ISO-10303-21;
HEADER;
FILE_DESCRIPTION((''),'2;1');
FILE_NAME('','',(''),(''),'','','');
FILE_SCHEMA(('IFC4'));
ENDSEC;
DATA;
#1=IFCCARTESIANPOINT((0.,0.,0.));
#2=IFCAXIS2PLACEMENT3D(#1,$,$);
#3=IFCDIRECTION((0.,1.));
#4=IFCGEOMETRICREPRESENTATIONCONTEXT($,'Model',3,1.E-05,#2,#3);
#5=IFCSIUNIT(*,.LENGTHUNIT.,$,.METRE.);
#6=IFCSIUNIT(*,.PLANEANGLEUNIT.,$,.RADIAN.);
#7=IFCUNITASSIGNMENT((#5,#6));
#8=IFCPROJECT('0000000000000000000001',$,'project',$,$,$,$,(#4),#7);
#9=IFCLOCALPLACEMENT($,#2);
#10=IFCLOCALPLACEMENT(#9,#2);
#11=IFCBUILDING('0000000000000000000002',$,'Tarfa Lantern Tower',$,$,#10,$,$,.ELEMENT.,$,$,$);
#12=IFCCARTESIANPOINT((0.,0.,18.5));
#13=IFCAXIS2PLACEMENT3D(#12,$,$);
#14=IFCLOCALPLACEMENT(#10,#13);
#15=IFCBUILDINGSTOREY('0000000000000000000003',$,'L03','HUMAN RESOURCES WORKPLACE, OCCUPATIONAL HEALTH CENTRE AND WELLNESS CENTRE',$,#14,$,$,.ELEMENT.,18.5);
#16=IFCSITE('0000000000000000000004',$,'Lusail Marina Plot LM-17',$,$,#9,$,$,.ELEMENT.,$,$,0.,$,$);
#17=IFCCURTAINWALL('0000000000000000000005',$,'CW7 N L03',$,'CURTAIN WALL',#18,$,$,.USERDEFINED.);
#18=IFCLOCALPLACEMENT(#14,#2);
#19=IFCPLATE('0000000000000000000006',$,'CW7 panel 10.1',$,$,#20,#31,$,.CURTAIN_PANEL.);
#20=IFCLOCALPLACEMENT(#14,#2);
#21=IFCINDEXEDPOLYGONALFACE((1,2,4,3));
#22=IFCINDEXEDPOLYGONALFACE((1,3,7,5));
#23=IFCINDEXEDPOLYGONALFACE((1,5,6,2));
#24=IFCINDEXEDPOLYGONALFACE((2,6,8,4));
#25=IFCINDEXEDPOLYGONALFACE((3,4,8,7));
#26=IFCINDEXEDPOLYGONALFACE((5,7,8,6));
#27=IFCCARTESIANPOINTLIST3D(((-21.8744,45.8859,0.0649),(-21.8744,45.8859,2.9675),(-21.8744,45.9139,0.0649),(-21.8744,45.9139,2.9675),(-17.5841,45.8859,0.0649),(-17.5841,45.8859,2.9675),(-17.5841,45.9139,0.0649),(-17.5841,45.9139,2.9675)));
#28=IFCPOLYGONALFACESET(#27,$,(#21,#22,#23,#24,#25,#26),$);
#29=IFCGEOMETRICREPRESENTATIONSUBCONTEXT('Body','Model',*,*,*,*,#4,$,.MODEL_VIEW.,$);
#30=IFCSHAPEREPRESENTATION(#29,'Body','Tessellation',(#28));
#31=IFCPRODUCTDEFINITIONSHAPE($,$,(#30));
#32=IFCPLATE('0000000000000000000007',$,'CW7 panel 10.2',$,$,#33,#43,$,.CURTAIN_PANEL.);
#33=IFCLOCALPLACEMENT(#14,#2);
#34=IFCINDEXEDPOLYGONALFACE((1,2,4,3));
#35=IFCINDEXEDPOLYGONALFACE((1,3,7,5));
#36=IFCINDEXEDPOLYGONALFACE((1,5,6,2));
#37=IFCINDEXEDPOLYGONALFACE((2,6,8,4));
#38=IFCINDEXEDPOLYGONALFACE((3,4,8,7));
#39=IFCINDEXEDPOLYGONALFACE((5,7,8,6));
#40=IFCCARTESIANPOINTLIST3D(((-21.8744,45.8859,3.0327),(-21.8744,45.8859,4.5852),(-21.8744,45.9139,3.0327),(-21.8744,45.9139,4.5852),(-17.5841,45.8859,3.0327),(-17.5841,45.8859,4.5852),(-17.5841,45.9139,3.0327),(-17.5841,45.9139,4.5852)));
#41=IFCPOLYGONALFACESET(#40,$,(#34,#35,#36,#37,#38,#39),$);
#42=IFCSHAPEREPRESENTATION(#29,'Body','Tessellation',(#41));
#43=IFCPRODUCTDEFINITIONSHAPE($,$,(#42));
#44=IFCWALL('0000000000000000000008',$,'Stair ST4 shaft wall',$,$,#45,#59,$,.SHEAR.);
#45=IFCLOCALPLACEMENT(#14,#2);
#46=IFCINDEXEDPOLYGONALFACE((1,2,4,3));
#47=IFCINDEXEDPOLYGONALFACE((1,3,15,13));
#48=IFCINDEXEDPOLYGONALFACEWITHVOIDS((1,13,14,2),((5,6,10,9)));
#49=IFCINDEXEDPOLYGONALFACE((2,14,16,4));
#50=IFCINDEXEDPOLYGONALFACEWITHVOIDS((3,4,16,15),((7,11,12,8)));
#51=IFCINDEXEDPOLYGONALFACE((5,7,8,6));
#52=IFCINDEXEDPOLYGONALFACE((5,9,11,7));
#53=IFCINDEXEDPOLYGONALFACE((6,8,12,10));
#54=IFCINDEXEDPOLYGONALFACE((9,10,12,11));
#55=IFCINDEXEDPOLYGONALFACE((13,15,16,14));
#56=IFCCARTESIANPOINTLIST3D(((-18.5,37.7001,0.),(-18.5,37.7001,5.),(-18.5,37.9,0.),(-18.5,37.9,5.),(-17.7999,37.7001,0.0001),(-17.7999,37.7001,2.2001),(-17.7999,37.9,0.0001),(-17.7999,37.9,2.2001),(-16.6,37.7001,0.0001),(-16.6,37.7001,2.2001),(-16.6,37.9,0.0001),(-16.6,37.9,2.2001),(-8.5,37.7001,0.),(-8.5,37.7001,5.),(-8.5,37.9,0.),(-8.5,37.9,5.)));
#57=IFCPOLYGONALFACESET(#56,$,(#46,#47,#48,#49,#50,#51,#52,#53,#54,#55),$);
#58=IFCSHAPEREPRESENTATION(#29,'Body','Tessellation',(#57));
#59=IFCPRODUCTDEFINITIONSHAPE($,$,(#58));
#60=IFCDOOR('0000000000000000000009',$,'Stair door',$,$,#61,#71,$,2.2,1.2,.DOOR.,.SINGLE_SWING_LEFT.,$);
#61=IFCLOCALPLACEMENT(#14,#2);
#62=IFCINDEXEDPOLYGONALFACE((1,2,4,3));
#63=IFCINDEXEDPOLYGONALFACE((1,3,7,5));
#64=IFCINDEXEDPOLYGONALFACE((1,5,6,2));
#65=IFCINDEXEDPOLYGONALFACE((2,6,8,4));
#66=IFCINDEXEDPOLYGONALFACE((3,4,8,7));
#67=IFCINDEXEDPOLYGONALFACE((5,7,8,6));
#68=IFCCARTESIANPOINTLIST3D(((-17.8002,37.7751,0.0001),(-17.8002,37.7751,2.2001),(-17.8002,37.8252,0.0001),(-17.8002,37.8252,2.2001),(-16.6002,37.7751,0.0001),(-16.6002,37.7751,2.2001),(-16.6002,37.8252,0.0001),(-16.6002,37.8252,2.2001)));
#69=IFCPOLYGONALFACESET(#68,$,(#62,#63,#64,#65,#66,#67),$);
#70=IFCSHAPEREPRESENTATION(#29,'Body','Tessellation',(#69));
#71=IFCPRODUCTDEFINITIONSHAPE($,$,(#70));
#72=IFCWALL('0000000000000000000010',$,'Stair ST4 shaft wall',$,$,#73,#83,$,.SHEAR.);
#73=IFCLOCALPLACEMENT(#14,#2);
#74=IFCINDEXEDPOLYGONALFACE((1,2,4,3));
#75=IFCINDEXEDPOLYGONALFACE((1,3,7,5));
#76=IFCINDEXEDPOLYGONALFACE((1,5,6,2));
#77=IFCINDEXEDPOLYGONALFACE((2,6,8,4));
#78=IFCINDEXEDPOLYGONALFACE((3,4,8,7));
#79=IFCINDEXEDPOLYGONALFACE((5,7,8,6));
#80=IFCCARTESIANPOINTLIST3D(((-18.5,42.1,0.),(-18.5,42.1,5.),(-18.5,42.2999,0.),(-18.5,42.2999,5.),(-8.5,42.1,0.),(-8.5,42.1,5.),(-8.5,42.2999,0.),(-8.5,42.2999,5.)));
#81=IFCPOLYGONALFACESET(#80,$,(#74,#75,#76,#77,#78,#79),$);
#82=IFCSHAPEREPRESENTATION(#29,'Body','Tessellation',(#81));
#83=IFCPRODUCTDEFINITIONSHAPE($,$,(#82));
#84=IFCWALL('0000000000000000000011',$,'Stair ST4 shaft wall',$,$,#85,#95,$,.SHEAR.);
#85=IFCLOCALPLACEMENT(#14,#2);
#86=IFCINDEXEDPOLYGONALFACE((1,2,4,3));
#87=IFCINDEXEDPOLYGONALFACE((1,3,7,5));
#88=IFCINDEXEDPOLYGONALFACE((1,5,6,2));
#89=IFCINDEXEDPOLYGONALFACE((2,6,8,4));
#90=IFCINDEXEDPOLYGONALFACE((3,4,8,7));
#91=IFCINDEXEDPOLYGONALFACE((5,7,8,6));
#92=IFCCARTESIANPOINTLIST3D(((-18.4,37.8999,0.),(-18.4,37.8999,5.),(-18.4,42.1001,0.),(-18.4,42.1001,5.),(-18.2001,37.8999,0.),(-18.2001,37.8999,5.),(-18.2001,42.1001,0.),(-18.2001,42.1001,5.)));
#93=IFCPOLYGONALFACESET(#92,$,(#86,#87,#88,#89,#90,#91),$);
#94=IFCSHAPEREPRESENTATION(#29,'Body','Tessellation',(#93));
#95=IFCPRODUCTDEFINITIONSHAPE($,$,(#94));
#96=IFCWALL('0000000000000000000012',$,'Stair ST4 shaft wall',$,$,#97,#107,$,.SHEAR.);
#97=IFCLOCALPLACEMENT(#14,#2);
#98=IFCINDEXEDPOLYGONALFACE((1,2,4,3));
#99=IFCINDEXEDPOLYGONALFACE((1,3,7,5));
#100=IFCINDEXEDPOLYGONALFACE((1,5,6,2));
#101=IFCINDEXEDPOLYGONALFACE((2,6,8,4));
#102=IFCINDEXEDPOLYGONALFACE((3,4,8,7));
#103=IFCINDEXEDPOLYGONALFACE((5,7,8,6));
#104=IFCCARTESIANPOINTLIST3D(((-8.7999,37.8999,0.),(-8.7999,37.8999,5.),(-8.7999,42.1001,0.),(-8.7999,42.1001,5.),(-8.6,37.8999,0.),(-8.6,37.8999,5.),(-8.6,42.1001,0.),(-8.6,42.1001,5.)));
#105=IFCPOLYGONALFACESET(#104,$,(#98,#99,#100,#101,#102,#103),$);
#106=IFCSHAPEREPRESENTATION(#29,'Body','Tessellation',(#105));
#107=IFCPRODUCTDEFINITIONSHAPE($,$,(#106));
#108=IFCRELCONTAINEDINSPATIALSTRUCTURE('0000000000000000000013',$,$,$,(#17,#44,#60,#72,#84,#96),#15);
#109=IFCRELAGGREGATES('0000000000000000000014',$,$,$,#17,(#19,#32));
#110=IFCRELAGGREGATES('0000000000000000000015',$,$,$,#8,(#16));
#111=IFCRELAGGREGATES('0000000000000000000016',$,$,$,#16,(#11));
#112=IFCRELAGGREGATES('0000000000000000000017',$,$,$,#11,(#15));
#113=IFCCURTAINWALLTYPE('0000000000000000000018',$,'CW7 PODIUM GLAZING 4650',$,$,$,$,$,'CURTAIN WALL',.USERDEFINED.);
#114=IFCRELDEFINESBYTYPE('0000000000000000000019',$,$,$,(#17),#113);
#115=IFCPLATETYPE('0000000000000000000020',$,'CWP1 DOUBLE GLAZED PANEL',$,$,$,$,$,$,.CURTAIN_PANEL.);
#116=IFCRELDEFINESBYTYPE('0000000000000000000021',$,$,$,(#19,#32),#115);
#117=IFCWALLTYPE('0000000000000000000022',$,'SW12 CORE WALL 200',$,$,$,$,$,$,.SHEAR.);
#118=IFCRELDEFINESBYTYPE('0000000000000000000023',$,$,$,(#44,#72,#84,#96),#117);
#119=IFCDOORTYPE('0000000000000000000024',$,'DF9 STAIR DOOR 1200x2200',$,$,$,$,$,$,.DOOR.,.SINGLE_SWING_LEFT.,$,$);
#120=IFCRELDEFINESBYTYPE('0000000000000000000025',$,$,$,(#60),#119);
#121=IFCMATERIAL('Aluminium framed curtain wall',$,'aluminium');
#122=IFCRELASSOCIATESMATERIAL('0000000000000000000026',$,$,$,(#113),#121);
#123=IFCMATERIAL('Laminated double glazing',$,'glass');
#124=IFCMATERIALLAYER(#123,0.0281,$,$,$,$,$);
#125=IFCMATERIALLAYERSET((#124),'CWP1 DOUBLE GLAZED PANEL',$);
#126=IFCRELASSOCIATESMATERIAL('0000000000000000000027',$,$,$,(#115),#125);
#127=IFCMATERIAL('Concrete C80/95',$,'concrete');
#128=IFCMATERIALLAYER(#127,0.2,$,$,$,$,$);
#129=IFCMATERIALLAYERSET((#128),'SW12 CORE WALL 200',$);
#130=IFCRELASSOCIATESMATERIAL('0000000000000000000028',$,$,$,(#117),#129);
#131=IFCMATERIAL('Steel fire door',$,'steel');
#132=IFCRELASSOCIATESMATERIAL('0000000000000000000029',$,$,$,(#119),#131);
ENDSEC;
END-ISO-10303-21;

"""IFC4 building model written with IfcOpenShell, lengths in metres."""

from ifc_helpers import new_model, si_unit, direction, frame, frame_2d, origin, origin_2d, place, context, subcontext, project, spatial, rectangle, extrude, material, layer, layer_set, type_object, element, fill, aggregate, save


model = new_model("IFC4")

# Units and contexts
model_context = context("Model", 3, precision=1e-05, world=origin(), true_north=direction((0.0, 1.0)))
body_context = subcontext(model_context, "Body", "Model", "MODEL_VIEW")
ifc_project = project(units=[si_unit("LENGTHUNIT", "METRE"), si_unit("PLANEANGLEUNIT", "RADIAN")], contexts=[model_context])

# Site, building, storey
site_placement = place(None, origin())
site = spatial("IfcSite", under=ifc_project, at=site_placement, Name="Lusail Marina Plot LM-17", CompositionType="ELEMENT", RefElevation=0.0)
building_placement = place(site_placement, origin())
building = spatial("IfcBuilding", under=site, at=building_placement, Name="Tarfa Lantern Tower", CompositionType="ELEMENT")
storey_placement = place(building_placement, frame((0.0, 0.0, 18.5)))
storey = spatial("IfcBuildingStorey", under=building, at=storey_placement, Name="L03", Description="HUMAN RESOURCES WORKPLACE, OCCUPATIONAL HEALTH CENTRE AND WELLNESS CENTRE", CompositionType="ELEMENT", Elevation=18.5)

# Shared definitions
ifc_material_1 = material(Name="Concrete C80/95", Category="concrete")

# Curtain wall
ifc_material_2 = material(Name="Aluminium framed curtain wall", Category="aluminium")
curtain_wall_type = type_object("IfcCurtainWallType", Name="CW7 PODIUM GLAZING 4650", ElementType="CURTAIN WALL", PredefinedType="USERDEFINED", material=ifc_material_2)
curtain_wall_placement = place(storey_placement, origin())
curtain_wall = element("IfcCurtainWall", 1, at=curtain_wall_placement, inside=storey, type_object=curtain_wall_type, Name="CW7 N L03", ObjectType="CURTAIN WALL", PredefinedType="USERDEFINED")

# Plates
ifc_material_3 = material(Name="Laminated double glazing", Category="glass")
ifc_layer_1 = layer(ifc_material_3, 0.0281)
ifc_layer_set_1 = layer_set([ifc_layer_1], Name="CWP1 DOUBLE GLAZED PANEL")
plate_type = type_object("IfcPlateType", Name="CWP1 DOUBLE GLAZED PANEL", PredefinedType="CURTAIN_PANEL", material=ifc_layer_set_1)
plate_1_placement = place(storey_placement, frame((-19.7292, 45.8999, 0.0649), z_axis=(0.0, 0.0, 1.0), x_axis=(-1.0, 0.0, 0.0)))
plate_1 = element("IfcPlate", 2, at=plate_1_placement, type_object=plate_type, Name="CW7 panel 10.1", PredefinedType="CURTAIN_PANEL", context=body_context, shape_type="SweptSolid", body=[
    extrude(rectangle(XDim=4.2903, YDim=0.0281, at=origin_2d()), origin(), (0.0, 0.0, 1.0), 2.9026),
])
plate_2_placement = place(storey_placement, frame((-19.7292, 45.8999, 3.0327), z_axis=(0.0, 0.0, 1.0), x_axis=(-1.0, 0.0, 0.0)))
plate_2 = element("IfcPlate", 3, at=plate_2_placement, type_object=plate_type, Name="CW7 panel 10.2", PredefinedType="CURTAIN_PANEL", context=body_context, shape_type="SweptSolid", body=[
    extrude(rectangle(XDim=4.2903, YDim=0.0281, at=origin_2d()), origin(), (0.0, 0.0, 1.0), 1.5525),
])
aggregate(curtain_wall, [plate_1, plate_2])

# Wall, opening, door
ifc_layer_2 = layer(ifc_material_1, 0.2)
ifc_layer_set_2 = layer_set([ifc_layer_2], Name="SW12 CORE WALL 200")
wall_type = type_object("IfcWallType", Name="SW12 CORE WALL 200", PredefinedType="SHEAR", material=ifc_layer_set_2)
wall_1_placement = place(storey_placement, frame((-18.5, 37.8, 0.0), z_axis=(0.0, 0.0, 1.0), x_axis=(1.0, 0.0, 0.0)))
wall_1 = element("IfcWall", 4, at=wall_1_placement, inside=storey, type_object=wall_type, Name="Stair ST4 shaft wall", PredefinedType="SHEAR", context=body_context, shape_type="SweptSolid", body=[
    extrude(rectangle(XDim=10.0, YDim=0.2, at=frame_2d((5.0, 0.0))), origin(), (0.0, 0.0, 1.0), 5.0),
])
opening_placement = place(wall_1_placement, frame((0.7, 0.0, 0.0)))
opening = element("IfcOpeningElement", 5, at=opening_placement, cuts=wall_1, PredefinedType="OPENING", context=body_context, shape_type="SweptSolid", body=[
    extrude(rectangle(XDim=1.2, YDim=2.2, at=frame_2d((0.6001, 1.1001))), frame((0.0, 0.1099, 0.0), z_axis=(0.0, -1.0, 0.0), x_axis=(1.0, 0.0, 0.0)), (0.0, 0.0, 1.0), 0.22),
])
ifc_material_4 = material(Name="Steel fire door", Category="steel")
door_type = type_object("IfcDoorType", Name="DF9 STAIR DOOR 1200x2200", OperationType="SINGLE_SWING_LEFT", PredefinedType="DOOR", material=ifc_material_4)
door_placement = place(opening_placement, frame((1.2, 0.0, 0.0), z_axis=(0.0, 0.0, 1.0), x_axis=(-1.0, 0.0, 0.0)))
door = element("IfcDoor", 6, at=door_placement, inside=storey, type_object=door_type, Name="Stair door", OperationType="SINGLE_SWING_LEFT", OverallHeight=2.2, OverallWidth=1.2, PredefinedType="DOOR", context=body_context, shape_type="SweptSolid", body=[
    extrude(rectangle(XDim=1.2, YDim=2.2, at=frame_2d((0.6001, 1.1001))), frame((0.0, 0.0249, 0.0), z_axis=(0.0, -1.0, 0.0), x_axis=(1.0, 0.0, 0.0)), (0.0, 0.0, 1.0), 0.05),
])
fill(opening, door)

# Walls
wall_2_placement = place(storey_placement, frame((-8.5, 42.2, 0.0), z_axis=(0.0, 0.0, 1.0), x_axis=(-1.0, 0.0, 0.0)))
element("IfcWall", 7, at=wall_2_placement, inside=storey, type_object=wall_type, Name="Stair ST4 shaft wall", PredefinedType="SHEAR", context=body_context, shape_type="SweptSolid", body=[
    extrude(rectangle(XDim=10.0, YDim=0.2, at=frame_2d((5.0, 0.0))), origin(), (0.0, 0.0, 1.0), 5.0),
])
for number, where, z_axis, x_axis, name in (
    (8, (-18.3, 42.1001, 0.0), (0.0, 0.0, 1.0), (0.0, -1.0, 0.0), "Stair ST4 shaft wall"),
    (9, (-8.7, 37.8999, 0.0), (0.0, 0.0, 1.0), (0.0, 1.0, 0.0), "Stair ST4 shaft wall"),
):
    element("IfcWall", number, at=place(storey_placement, frame(where, z_axis=z_axis, x_axis=x_axis)), inside=storey, type_object=wall_type, Name=name, PredefinedType="SHEAR", context=body_context, shape_type="SweptSolid", body=[
        extrude(rectangle(XDim=4.2002, YDim=0.2, at=frame_2d((2.1001, 0.0))), origin(), (0.0, 0.0, 1.0), 5.0),
    ])

save(model, "model.ifc")
